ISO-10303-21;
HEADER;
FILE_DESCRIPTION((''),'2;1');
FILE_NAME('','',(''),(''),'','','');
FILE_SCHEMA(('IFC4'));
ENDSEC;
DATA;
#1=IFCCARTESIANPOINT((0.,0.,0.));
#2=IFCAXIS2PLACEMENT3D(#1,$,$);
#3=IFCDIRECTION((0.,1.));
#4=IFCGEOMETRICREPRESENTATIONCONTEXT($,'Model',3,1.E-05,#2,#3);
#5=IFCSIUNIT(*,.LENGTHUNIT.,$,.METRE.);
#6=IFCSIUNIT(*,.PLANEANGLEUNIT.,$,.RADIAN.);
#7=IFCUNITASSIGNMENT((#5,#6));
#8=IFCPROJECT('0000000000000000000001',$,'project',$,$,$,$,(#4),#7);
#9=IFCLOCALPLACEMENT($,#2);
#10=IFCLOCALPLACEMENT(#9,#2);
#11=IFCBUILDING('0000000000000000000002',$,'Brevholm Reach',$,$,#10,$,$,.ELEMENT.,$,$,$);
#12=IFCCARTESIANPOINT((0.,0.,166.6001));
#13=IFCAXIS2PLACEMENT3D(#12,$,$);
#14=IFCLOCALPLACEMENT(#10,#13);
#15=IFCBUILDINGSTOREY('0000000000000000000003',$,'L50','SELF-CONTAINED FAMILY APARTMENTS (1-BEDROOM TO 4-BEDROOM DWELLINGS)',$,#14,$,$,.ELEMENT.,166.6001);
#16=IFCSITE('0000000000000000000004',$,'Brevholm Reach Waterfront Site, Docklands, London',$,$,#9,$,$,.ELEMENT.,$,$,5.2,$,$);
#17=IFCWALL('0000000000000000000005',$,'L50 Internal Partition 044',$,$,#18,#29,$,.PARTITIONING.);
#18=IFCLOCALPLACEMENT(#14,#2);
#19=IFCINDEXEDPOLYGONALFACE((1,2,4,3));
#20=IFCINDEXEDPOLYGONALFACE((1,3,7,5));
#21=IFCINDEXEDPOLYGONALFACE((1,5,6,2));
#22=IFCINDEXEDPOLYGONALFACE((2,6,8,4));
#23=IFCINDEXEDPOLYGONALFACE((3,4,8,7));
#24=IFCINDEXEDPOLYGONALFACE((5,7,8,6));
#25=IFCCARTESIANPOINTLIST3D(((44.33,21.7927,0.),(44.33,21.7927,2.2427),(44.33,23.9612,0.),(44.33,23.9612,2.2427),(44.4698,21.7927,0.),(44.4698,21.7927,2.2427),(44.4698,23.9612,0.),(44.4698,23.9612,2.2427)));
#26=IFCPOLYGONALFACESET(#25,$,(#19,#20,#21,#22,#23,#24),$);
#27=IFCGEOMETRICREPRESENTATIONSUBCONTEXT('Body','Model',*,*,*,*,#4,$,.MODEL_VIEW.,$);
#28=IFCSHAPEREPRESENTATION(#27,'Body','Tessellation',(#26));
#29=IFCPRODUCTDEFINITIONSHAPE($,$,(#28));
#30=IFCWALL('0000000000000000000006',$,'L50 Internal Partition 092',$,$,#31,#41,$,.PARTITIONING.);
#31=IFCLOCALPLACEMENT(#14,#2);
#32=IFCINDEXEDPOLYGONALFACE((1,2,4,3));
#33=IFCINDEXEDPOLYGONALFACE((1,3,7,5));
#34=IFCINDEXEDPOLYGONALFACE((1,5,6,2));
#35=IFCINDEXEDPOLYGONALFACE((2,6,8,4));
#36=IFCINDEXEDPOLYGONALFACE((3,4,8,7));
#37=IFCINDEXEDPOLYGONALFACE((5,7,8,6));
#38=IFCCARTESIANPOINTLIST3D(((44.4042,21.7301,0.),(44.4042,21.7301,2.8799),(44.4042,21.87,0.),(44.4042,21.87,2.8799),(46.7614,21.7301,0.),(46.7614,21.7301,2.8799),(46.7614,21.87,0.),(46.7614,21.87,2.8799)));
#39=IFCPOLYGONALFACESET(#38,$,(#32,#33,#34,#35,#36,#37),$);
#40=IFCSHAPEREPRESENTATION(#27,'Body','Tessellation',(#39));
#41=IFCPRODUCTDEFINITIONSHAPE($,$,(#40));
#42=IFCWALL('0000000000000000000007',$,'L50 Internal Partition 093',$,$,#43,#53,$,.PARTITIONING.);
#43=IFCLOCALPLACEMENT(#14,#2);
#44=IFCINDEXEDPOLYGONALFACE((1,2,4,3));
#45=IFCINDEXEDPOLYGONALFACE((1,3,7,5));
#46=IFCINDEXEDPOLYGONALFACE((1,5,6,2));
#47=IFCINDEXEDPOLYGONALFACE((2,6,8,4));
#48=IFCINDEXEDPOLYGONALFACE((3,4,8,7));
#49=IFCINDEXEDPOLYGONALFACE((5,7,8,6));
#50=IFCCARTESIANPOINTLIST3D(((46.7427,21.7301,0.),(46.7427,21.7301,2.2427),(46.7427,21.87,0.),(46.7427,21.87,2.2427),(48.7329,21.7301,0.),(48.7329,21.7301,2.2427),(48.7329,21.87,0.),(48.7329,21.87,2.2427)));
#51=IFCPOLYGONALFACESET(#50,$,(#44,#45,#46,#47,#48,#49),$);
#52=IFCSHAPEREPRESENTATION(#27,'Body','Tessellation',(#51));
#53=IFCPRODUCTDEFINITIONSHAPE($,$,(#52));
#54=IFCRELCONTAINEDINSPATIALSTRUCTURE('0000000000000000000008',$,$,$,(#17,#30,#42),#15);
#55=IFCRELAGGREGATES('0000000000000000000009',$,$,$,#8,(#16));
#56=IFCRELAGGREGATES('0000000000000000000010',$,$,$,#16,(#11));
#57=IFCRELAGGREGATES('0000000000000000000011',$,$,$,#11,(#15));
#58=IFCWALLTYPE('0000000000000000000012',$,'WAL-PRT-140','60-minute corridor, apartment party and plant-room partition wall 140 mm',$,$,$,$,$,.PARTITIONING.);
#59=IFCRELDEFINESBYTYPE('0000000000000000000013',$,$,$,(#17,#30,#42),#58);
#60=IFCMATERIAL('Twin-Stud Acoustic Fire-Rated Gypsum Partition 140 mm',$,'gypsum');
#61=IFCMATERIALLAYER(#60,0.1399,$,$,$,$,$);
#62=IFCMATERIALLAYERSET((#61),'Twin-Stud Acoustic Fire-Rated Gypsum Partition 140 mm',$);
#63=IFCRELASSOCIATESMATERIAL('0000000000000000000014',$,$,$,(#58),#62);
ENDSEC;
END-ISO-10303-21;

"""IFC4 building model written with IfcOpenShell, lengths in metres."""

from ifc_helpers import new_model, si_unit, direction, frame, frame_2d, origin, place, context, subcontext, project, spatial, rectangle, extrude, material, layer, layer_set, type_object, element, save


model = new_model("IFC4")

# Units and contexts
model_context = context("Model", 3, precision=1e-05, world=origin(), true_north=direction((0.0, 1.0)))
body_context = subcontext(model_context, "Body", "Model", "MODEL_VIEW")
ifc_project = project(units=[si_unit("LENGTHUNIT", "METRE"), si_unit("PLANEANGLEUNIT", "RADIAN")], contexts=[model_context])

# Site, building, storey
site_placement = place(None, origin())
site = spatial("IfcSite", under=ifc_project, at=site_placement, Name="Brevholm Reach Waterfront Site, Docklands, London", CompositionType="ELEMENT", RefElevation=5.2)
building_placement = place(site_placement, origin())
building = spatial("IfcBuilding", under=site, at=building_placement, Name="Brevholm Reach", CompositionType="ELEMENT")
storey_placement = place(building_placement, frame((0.0, 0.0, 166.6001)))
storey = spatial("IfcBuildingStorey", under=building, at=storey_placement, Name="L50", Description="SELF-CONTAINED FAMILY APARTMENTS (1-BEDROOM TO 4-BEDROOM DWELLINGS)", CompositionType="ELEMENT", Elevation=166.6001)

# Walls
ifc_material_1 = material(Name="Twin-Stud Acoustic Fire-Rated Gypsum Partition 140 mm", Category="gypsum")
ifc_layer_1 = layer(ifc_material_1, 0.1399)
ifc_layer_set_1 = layer_set([ifc_layer_1], Name="Twin-Stud Acoustic Fire-Rated Gypsum Partition 140 mm")
wall_type_1 = type_object("IfcWallType", Name="WAL-PRT-140", Description="60-minute corridor, apartment party and plant-room partition wall 140 mm", PredefinedType="PARTITIONING", material=ifc_layer_set_1)
wall_1_placement = place(storey_placement, frame((44.3999, 21.7927, 0.0), z_axis=(0.0, 0.0, 1.0), x_axis=(0.0, 1.0, 0.0)))
element("IfcWall", 1, at=wall_1_placement, inside=storey, type_object=wall_type_1, Name="L50 Internal Partition 044", PredefinedType="PARTITIONING", context=body_context, shape_type="SweptSolid", body=[
    extrude(rectangle(XDim=2.1685, YDim=0.1399, at=frame_2d((1.0842, 0.0))), origin(), (0.0, 0.0, 1.0), 2.2427),
])
wall_2_placement = place(storey_placement, frame((44.4041, 21.8, 0.0), z_axis=(0.0, 0.0, 1.0), x_axis=(1.0, 0.0, 0.0)))
element("IfcWall", 2, at=wall_2_placement, inside=storey, type_object=wall_type_1, Name="L50 Internal Partition 092", PredefinedType="PARTITIONING", context=body_context, shape_type="SweptSolid", body=[
    extrude(rectangle(XDim=2.3572, YDim=0.1399, at=frame_2d((1.1787, 0.0))), origin(), (0.0, 0.0, 1.0), 2.8799),
])
wall_3_placement = place(storey_placement, frame((46.7427, 21.8, 0.0), z_axis=(0.0, 0.0, 1.0), x_axis=(1.0, 0.0, 0.0)))
element("IfcWall", 3, at=wall_3_placement, inside=storey, type_object=wall_type_1, Name="L50 Internal Partition 093", PredefinedType="PARTITIONING", context=body_context, shape_type="SweptSolid", body=[
    extrude(rectangle(XDim=1.9902, YDim=0.1399, at=frame_2d((0.9951, 0.0))), origin(), (0.0, 0.0, 1.0), 2.2427),
])

save(model, "model.ifc")
